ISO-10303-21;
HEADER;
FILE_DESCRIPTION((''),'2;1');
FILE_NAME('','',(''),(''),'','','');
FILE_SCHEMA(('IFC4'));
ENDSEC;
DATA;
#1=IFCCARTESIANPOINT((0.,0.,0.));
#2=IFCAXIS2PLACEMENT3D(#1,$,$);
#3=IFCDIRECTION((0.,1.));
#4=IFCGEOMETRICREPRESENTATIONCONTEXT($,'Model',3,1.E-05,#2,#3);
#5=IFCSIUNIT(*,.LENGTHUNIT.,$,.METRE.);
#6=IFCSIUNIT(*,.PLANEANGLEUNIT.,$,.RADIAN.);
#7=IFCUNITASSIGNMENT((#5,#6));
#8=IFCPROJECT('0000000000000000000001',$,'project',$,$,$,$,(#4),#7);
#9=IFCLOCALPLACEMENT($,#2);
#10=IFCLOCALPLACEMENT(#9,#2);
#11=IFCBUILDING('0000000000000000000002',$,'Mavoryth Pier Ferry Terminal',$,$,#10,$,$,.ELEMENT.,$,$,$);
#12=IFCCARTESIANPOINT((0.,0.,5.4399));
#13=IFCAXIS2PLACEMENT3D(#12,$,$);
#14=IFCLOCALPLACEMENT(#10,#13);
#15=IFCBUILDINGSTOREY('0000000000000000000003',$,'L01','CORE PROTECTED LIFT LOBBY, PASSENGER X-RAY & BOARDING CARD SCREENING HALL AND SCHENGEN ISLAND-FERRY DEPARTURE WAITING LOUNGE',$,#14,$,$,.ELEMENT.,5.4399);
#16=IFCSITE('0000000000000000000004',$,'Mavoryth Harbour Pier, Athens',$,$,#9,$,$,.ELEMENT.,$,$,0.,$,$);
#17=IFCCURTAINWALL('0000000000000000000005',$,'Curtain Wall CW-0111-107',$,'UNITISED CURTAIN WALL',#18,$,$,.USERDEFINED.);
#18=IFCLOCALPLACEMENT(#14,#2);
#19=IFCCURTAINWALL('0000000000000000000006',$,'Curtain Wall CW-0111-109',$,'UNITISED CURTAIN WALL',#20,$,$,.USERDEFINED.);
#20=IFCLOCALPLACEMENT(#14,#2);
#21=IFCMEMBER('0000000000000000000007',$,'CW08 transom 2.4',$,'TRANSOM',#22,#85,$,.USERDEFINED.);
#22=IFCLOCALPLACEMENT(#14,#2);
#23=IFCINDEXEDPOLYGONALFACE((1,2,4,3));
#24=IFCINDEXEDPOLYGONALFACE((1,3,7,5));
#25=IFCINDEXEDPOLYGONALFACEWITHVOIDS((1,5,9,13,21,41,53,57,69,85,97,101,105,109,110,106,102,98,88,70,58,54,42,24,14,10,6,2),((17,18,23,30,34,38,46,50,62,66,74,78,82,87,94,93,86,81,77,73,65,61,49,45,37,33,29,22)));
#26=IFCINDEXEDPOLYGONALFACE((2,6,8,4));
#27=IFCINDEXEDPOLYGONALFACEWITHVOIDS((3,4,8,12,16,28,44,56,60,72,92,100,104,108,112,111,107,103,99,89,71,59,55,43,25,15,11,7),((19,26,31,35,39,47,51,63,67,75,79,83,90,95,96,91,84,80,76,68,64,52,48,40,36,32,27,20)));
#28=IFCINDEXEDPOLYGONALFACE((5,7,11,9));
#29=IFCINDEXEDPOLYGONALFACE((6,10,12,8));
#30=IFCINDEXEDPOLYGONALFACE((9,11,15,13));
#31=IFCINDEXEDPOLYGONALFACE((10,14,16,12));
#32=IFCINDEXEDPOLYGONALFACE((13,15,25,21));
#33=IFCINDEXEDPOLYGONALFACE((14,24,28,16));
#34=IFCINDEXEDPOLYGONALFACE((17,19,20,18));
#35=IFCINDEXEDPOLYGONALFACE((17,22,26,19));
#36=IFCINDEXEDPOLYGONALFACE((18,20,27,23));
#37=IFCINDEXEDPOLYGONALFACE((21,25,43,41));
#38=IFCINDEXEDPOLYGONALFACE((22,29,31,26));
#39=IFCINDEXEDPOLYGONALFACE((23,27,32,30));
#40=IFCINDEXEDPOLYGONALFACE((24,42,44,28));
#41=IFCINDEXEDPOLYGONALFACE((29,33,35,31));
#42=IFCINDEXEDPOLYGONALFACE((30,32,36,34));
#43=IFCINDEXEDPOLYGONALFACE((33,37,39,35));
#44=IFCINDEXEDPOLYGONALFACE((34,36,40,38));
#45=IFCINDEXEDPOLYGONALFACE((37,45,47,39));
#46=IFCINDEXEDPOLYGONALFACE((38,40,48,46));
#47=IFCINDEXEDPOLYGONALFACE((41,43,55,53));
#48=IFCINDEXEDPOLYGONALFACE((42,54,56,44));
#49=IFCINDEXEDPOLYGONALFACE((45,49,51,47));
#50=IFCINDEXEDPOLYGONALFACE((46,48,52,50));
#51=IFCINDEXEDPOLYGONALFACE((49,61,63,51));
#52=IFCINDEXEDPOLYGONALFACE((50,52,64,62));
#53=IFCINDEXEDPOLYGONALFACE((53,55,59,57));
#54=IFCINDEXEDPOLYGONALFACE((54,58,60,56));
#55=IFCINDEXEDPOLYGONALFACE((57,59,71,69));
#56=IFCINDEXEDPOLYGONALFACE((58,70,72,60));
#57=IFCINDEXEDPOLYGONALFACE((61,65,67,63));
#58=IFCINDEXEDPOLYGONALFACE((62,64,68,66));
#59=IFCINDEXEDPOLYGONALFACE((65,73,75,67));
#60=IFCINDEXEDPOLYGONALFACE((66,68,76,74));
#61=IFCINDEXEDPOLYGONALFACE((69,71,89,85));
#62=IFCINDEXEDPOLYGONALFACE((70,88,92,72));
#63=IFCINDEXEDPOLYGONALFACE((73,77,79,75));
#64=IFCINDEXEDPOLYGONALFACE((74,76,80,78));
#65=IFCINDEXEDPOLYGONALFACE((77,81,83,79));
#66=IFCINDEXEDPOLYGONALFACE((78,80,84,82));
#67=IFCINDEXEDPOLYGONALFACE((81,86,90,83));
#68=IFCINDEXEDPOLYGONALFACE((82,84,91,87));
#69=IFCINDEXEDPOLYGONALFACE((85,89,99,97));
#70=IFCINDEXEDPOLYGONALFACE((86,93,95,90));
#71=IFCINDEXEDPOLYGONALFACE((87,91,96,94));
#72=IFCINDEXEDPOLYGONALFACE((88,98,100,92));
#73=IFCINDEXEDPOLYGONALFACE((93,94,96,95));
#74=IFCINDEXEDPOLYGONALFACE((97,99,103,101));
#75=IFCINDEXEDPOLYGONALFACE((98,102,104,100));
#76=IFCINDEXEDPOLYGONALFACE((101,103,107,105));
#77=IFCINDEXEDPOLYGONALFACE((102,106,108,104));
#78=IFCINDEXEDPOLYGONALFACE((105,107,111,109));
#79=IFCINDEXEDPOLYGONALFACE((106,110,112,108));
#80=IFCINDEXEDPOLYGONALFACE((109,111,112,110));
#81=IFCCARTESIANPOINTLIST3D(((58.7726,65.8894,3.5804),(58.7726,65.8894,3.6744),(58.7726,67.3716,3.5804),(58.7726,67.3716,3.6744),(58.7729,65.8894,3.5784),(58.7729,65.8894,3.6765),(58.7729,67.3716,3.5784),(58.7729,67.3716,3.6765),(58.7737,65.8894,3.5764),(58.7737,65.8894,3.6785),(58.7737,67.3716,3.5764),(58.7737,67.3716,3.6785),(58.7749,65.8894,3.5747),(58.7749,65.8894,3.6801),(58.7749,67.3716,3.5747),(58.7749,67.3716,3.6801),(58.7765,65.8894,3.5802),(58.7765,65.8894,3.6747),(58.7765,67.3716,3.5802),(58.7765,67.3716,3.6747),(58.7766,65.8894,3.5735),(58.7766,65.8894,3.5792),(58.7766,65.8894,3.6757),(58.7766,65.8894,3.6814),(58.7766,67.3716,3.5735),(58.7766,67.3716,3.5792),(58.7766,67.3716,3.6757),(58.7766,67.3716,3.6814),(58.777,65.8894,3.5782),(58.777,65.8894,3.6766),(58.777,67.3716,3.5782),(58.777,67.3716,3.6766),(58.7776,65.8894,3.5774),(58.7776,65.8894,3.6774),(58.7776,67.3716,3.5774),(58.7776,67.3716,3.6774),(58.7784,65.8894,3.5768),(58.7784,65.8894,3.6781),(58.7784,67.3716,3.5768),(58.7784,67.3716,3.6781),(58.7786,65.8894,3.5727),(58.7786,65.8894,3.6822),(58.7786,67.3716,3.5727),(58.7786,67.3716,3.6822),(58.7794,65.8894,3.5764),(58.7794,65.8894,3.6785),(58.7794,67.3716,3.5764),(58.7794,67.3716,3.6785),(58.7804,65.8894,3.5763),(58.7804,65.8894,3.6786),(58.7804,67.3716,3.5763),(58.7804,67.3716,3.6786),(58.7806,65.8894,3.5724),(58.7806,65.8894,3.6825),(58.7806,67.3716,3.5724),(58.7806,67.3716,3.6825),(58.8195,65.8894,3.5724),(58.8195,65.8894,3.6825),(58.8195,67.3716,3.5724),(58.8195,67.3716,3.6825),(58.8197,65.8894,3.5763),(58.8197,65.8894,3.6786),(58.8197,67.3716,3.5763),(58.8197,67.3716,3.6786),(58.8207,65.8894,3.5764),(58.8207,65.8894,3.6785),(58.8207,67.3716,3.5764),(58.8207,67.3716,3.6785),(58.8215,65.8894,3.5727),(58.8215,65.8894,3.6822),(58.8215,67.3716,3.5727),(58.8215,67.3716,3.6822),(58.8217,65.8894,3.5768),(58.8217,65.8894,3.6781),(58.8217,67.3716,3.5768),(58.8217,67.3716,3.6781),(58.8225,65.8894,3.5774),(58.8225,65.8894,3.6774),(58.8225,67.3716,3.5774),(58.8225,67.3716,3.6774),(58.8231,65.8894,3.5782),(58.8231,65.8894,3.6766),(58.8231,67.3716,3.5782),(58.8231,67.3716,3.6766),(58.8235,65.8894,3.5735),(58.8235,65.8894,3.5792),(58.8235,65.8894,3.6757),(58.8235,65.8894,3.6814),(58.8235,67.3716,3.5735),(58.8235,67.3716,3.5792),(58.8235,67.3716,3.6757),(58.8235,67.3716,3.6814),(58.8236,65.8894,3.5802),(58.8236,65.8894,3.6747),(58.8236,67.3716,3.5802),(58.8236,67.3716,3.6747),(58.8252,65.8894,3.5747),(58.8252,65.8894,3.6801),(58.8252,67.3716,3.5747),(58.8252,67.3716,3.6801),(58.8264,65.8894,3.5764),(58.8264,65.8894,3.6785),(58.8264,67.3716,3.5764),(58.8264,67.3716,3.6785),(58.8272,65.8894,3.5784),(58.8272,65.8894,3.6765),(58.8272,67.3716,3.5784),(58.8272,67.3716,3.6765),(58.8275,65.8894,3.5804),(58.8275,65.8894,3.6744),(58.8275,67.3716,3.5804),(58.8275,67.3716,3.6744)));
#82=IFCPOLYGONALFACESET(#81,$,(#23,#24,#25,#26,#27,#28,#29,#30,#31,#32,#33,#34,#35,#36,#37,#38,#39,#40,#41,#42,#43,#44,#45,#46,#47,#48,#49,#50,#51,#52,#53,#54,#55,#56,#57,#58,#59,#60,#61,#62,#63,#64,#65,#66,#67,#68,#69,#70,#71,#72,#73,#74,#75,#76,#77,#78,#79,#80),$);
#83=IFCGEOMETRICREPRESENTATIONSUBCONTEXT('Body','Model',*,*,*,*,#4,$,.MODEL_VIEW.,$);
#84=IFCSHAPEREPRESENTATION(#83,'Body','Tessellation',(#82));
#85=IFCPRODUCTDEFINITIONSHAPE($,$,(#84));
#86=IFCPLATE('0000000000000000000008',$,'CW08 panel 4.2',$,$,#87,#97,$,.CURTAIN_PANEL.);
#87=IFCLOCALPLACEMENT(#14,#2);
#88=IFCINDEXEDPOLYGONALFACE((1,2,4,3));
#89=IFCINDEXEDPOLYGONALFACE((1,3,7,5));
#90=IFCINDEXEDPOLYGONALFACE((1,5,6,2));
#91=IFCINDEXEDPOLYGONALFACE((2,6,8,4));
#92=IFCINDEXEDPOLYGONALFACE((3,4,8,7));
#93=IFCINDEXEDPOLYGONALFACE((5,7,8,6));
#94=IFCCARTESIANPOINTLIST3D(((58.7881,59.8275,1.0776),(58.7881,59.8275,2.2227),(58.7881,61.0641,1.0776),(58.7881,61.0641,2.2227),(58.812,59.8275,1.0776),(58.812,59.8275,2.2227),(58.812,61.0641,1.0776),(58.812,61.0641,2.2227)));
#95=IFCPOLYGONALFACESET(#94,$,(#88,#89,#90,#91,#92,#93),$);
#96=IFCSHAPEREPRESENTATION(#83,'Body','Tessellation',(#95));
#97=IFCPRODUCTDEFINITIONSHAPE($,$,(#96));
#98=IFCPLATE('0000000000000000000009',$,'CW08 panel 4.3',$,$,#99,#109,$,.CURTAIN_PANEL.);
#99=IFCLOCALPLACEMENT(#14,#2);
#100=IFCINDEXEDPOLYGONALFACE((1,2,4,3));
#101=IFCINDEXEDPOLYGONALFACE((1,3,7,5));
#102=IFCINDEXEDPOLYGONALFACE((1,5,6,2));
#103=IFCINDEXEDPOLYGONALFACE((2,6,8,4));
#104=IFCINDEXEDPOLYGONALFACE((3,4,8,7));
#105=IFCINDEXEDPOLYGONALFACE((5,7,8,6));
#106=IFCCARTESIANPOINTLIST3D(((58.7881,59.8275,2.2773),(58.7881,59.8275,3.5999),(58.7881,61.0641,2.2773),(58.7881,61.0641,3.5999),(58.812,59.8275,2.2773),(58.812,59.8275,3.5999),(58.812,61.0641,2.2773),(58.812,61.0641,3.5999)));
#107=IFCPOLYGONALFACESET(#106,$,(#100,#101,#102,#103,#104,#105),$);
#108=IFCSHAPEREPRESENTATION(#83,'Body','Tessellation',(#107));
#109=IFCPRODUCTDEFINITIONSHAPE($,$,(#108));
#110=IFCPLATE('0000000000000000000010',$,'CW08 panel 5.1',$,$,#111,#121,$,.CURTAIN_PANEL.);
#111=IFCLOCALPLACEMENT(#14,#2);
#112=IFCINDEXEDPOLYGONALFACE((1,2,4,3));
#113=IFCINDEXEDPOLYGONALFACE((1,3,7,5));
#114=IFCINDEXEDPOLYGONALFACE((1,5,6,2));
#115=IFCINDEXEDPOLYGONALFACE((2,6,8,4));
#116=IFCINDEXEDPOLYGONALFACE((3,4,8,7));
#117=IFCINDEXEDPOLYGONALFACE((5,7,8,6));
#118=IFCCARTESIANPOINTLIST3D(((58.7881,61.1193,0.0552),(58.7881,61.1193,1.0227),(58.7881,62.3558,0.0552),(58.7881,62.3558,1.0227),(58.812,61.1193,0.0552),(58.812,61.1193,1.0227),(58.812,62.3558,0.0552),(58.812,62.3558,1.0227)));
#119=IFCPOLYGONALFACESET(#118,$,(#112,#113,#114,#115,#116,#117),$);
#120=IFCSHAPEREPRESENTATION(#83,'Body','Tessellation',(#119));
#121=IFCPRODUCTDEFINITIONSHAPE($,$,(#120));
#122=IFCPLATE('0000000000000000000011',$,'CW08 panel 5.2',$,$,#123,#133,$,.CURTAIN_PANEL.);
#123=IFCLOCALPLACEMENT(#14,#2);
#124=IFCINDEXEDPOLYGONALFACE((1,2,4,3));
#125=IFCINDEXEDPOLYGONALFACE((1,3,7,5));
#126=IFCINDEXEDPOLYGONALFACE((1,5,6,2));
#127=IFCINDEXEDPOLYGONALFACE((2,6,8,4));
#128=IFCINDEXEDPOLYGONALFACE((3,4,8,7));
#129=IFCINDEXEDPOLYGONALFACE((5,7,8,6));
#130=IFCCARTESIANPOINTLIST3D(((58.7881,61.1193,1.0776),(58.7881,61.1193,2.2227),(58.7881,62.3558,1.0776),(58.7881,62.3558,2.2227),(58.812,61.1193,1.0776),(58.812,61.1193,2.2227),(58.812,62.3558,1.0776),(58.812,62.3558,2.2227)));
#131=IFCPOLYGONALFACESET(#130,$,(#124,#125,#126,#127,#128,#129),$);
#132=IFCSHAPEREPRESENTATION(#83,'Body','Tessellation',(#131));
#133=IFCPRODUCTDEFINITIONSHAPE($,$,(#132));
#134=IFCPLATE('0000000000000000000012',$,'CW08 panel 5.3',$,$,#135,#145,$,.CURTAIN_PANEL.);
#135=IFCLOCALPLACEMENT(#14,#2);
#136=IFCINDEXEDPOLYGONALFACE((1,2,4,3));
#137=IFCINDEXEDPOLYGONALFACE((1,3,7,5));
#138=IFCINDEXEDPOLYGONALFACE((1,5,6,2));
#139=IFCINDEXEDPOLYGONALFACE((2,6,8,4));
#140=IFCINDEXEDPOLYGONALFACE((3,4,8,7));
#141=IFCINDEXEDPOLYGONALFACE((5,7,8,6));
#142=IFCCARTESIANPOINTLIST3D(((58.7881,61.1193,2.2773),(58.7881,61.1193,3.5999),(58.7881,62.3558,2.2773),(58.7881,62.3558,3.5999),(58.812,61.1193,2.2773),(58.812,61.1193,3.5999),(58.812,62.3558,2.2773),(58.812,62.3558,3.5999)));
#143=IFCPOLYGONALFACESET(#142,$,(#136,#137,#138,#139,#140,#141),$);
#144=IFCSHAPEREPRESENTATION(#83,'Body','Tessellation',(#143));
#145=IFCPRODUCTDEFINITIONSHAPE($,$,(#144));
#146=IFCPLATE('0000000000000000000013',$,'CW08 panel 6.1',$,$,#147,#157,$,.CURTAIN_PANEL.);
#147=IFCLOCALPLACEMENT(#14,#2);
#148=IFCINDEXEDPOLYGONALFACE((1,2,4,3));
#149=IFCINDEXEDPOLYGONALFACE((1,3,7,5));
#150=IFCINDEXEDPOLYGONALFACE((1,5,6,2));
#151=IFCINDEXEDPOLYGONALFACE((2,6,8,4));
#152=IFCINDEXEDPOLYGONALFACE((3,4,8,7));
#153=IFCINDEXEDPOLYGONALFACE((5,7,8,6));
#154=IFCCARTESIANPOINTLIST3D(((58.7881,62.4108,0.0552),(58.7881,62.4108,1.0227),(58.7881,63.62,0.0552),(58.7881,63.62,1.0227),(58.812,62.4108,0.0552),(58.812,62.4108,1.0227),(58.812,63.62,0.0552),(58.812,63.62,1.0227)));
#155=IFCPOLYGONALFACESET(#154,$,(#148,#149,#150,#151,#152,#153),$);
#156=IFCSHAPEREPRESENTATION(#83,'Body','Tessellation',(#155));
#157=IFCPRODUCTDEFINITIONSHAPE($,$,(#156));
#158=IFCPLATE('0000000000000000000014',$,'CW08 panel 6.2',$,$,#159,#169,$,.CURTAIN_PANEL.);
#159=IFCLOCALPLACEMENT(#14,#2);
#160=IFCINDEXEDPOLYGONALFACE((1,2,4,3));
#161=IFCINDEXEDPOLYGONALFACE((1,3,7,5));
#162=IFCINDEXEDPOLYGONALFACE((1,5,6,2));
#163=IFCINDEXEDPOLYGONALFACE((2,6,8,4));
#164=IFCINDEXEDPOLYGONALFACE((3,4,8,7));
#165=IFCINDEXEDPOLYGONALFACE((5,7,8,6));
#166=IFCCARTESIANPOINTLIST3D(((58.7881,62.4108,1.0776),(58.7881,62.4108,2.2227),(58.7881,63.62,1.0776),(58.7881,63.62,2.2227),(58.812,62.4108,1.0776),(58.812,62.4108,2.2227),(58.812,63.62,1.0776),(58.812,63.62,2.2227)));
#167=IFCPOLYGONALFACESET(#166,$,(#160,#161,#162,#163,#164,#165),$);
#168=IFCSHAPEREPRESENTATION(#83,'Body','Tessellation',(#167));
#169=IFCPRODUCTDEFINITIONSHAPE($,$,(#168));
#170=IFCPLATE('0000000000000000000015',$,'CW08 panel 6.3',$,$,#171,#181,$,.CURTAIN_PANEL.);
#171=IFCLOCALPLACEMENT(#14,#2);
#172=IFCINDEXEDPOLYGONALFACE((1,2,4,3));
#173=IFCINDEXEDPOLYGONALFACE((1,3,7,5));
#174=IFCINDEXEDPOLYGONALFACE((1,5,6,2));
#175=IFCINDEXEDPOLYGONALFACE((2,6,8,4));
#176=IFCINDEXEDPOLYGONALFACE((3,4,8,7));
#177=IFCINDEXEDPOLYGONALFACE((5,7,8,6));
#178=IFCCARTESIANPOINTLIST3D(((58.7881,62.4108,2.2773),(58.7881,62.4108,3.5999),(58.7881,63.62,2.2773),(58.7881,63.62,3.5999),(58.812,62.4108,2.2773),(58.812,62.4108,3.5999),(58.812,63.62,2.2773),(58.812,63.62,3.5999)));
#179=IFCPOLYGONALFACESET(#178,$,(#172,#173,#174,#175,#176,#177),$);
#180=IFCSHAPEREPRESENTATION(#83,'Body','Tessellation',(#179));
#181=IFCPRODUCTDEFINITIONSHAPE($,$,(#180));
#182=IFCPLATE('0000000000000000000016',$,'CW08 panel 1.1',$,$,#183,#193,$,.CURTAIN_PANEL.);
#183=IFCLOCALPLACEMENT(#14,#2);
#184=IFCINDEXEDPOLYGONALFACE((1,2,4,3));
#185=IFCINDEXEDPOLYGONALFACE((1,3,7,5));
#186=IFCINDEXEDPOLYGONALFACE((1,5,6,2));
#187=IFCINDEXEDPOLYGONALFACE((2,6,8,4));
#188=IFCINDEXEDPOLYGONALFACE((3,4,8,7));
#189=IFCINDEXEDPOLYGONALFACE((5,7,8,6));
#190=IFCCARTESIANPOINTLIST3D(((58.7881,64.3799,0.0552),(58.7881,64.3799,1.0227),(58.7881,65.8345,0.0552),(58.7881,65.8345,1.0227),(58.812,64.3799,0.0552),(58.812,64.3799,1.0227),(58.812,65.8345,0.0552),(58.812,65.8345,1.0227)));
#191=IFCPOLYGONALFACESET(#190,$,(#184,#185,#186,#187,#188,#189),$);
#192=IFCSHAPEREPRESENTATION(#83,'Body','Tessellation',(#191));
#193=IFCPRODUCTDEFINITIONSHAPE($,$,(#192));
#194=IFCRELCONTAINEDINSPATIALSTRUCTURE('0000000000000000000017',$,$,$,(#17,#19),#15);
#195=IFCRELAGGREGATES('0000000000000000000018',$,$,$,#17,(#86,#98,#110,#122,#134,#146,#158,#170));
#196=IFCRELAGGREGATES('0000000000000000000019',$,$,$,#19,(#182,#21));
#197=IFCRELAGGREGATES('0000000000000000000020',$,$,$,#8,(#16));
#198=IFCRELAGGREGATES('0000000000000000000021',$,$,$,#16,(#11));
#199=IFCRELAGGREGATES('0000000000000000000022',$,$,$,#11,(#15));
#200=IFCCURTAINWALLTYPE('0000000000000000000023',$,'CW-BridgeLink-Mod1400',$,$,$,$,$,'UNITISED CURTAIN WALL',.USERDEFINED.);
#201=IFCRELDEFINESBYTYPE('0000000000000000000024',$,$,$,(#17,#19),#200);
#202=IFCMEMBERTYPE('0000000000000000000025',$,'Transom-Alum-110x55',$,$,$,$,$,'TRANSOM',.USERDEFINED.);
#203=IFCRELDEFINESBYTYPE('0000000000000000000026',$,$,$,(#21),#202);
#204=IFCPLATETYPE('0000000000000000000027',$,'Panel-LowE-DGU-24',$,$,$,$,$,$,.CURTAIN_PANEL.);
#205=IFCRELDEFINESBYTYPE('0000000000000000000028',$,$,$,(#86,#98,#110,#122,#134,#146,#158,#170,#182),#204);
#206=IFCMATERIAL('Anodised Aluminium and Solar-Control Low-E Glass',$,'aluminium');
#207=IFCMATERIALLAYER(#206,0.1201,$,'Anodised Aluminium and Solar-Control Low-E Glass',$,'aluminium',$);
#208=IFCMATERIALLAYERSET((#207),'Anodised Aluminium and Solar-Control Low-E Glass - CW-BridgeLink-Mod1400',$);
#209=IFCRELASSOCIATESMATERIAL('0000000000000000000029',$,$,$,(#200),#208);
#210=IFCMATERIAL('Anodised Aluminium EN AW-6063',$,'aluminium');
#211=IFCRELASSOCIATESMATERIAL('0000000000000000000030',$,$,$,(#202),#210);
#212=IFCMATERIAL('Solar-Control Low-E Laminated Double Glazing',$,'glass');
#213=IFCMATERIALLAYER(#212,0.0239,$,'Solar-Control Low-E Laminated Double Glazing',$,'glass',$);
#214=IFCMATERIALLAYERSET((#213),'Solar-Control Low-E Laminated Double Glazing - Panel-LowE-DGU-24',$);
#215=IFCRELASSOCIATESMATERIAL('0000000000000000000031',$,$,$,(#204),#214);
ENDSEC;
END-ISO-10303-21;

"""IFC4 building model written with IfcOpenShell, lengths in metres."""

from ifc_helpers import new_model, si_unit, direction, frame, origin, origin_2d, place, context, subcontext, project, spatial, rectangle, hollow_rectangle, extrude, material, layer, layer_set, material_profile, profile_set, type_object, element, aggregate, save


model = new_model("IFC4")

# Units and contexts
model_context = context("Model", 3, precision=1e-05, world=origin(), true_north=direction((0.0, 1.0)))
body_context = subcontext(model_context, "Body", "Model", "MODEL_VIEW")
ifc_project = project(units=[si_unit("LENGTHUNIT", "METRE"), si_unit("PLANEANGLEUNIT", "RADIAN")], contexts=[model_context])

# Site, building, storey
site_placement = place(None, origin())
site = spatial("IfcSite", under=ifc_project, at=site_placement, Name="Mavoryth Harbour Pier, Athens", CompositionType="ELEMENT", RefElevation=0.0)
building_placement = place(site_placement, origin())
building = spatial("IfcBuilding", under=site, at=building_placement, Name="Mavoryth Pier Ferry Terminal", CompositionType="ELEMENT")
storey_placement = place(building_placement, frame((0.0, 0.0, 5.4399)))
storey = spatial("IfcBuildingStorey", under=building, at=storey_placement, Name="L01", Description="CORE PROTECTED LIFT LOBBY, PASSENGER X-RAY & BOARDING CARD SCREENING HALL AND SCHENGEN ISLAND-FERRY DEPARTURE WAITING LOUNGE", CompositionType="ELEMENT", Elevation=5.4399)

# Curtain walls
ifc_material_1 = material(Name="Anodised Aluminium and Solar-Control Low-E Glass", Category="aluminium")
ifc_layer_1 = layer(ifc_material_1, 0.1201, Name="Anodised Aluminium and Solar-Control Low-E Glass", Category="aluminium")
ifc_layer_set_1 = layer_set([ifc_layer_1], Name="Anodised Aluminium and Solar-Control Low-E Glass - CW-BridgeLink-Mod1400")
curtain_wall_type = type_object("IfcCurtainWallType", Name="CW-BridgeLink-Mod1400", ElementType="UNITISED CURTAIN WALL", PredefinedType="USERDEFINED", material=ifc_layer_set_1)
curtain_wall_1_placement = place(storey_placement, origin())
curtain_wall_1 = element("IfcCurtainWall", 1, at=curtain_wall_1_placement, inside=storey, type_object=curtain_wall_type, Name="Curtain Wall CW-0111-107", ObjectType="UNITISED CURTAIN WALL", PredefinedType="USERDEFINED")
ifc_material_2 = material(Name="Anodised Aluminium EN AW-6063", Category="aluminium")
curtain_wall_2_placement = place(storey_placement, origin())
curtain_wall_2 = element("IfcCurtainWall", 2, at=curtain_wall_2_placement, inside=storey, type_object=curtain_wall_type, Name="Curtain Wall CW-0111-109", ObjectType="UNITISED CURTAIN WALL", PredefinedType="USERDEFINED")

# Member
ifc_material_profile_1 = material_profile(ifc_material_2, hollow_rectangle(XDim=0.0549, YDim=0.1101, WallThickness=0.0039, InnerFilletRadius=0.0039, OuterFilletRadius=0.0081, at=origin_2d()), Name="AL-TRAN 110x55x4", Category="aluminium")
ifc_profile_set_1 = profile_set([ifc_material_profile_1], Name="Anodised Aluminium EN AW-6063 - AL-TRAN 110x55x4")
member_type_1 = type_object("IfcMemberType", Name="Transom-Alum-110x55", ElementType="TRANSOM", PredefinedType="USERDEFINED", material=ifc_profile_set_1)
member_1_placement = place(storey_placement, frame((58.8, 65.8894, 3.6274), z_axis=(0.0, 1.0, 0.0), x_axis=(-1.0, 0.0, 0.0)))
member_1 = element("IfcMember", 3, at=member_1_placement, type_object=member_type_1, Name="CW08 transom 2.4", ObjectType="TRANSOM", PredefinedType="USERDEFINED", context=body_context, shape_type="SweptSolid", body=[
    extrude(hollow_rectangle(XDim=0.0549, YDim=0.1101, WallThickness=0.0039, InnerFilletRadius=0.0039, OuterFilletRadius=0.0081, at=origin_2d()), origin(), (0.0, 0.0, 1.0), 1.4822),
])

# Plates
ifc_material_3 = material(Name="Solar-Control Low-E Laminated Double Glazing", Category="glass")
ifc_layer_2 = layer(ifc_material_3, 0.0239, Name="Solar-Control Low-E Laminated Double Glazing", Category="glass")
ifc_layer_set_2 = layer_set([ifc_layer_2], Name="Solar-Control Low-E Laminated Double Glazing - Panel-LowE-DGU-24")
plate_type = type_object("IfcPlateType", Name="Panel-LowE-DGU-24", PredefinedType="CURTAIN_PANEL", material=ifc_layer_set_2)
plate_1_placement = place(storey_placement, frame((58.8, 60.4458, 1.0776), z_axis=(0.0, 0.0, 1.0), x_axis=(0.0, 1.0, 0.0)))
plate_1 = element("IfcPlate", 4, at=plate_1_placement, type_object=plate_type, Name="CW08 panel 4.2", PredefinedType="CURTAIN_PANEL", context=body_context, shape_type="SweptSolid", body=[
    extrude(rectangle(XDim=1.2366, YDim=0.0239, at=origin_2d()), origin(), (0.0, 0.0, 1.0), 1.145),
])
plate_2_placement = place(storey_placement, frame((58.8, 60.4458, 2.2773), z_axis=(0.0, 0.0, 1.0), x_axis=(0.0, 1.0, 0.0)))
plate_2 = element("IfcPlate", 5, at=plate_2_placement, type_object=plate_type, Name="CW08 panel 4.3", PredefinedType="CURTAIN_PANEL", context=body_context, shape_type="SweptSolid", body=[
    extrude(rectangle(XDim=1.2366, YDim=0.0239, at=origin_2d()), origin(), (0.0, 0.0, 1.0), 1.3225),
])
plate_3_placement = place(storey_placement, frame((58.8, 61.7375, 0.0552), z_axis=(0.0, 0.0, 1.0), x_axis=(0.0, 1.0, 0.0)))
plate_3 = element("IfcPlate", 6, at=plate_3_placement, type_object=plate_type, Name="CW08 panel 5.1", PredefinedType="CURTAIN_PANEL", context=body_context, shape_type="SweptSolid", body=[
    extrude(rectangle(XDim=1.2366, YDim=0.0239, at=origin_2d()), origin(), (0.0, 0.0, 1.0), 0.9675),
])
plate_4_placement = place(storey_placement, frame((58.8, 61.7375, 1.0776), z_axis=(0.0, 0.0, 1.0), x_axis=(0.0, 1.0, 0.0)))
plate_4 = element("IfcPlate", 7, at=plate_4_placement, type_object=plate_type, Name="CW08 panel 5.2", PredefinedType="CURTAIN_PANEL", context=body_context, shape_type="SweptSolid", body=[
    extrude(rectangle(XDim=1.2366, YDim=0.0239, at=origin_2d()), origin(), (0.0, 0.0, 1.0), 1.145),
])
plate_5_placement = place(storey_placement, frame((58.8, 61.7375, 2.2773), z_axis=(0.0, 0.0, 1.0), x_axis=(0.0, 1.0, 0.0)))
plate_5 = element("IfcPlate", 8, at=plate_5_placement, type_object=plate_type, Name="CW08 panel 5.3", PredefinedType="CURTAIN_PANEL", context=body_context, shape_type="SweptSolid", body=[
    extrude(rectangle(XDim=1.2366, YDim=0.0239, at=origin_2d()), origin(), (0.0, 0.0, 1.0), 1.3225),
])
plate_6_placement = place(storey_placement, frame((58.8, 63.0154, 0.0552), z_axis=(0.0, 0.0, 1.0), x_axis=(0.0, 1.0, 0.0)))
plate_6 = element("IfcPlate", 9, at=plate_6_placement, type_object=plate_type, Name="CW08 panel 6.1", PredefinedType="CURTAIN_PANEL", context=body_context, shape_type="SweptSolid", body=[
    extrude(rectangle(XDim=1.2092, YDim=0.0239, at=origin_2d()), origin(), (0.0, 0.0, 1.0), 0.9675),
])
plate_7_placement = place(storey_placement, frame((58.8, 63.0154, 1.0776), z_axis=(0.0, 0.0, 1.0), x_axis=(0.0, 1.0, 0.0)))
plate_7 = element("IfcPlate", 10, at=plate_7_placement, type_object=plate_type, Name="CW08 panel 6.2", PredefinedType="CURTAIN_PANEL", context=body_context, shape_type="SweptSolid", body=[
    extrude(rectangle(XDim=1.2092, YDim=0.0239, at=origin_2d()), origin(), (0.0, 0.0, 1.0), 1.145),
])
plate_8_placement = place(storey_placement, frame((58.8, 63.0154, 2.2773), z_axis=(0.0, 0.0, 1.0), x_axis=(0.0, 1.0, 0.0)))
plate_8 = element("IfcPlate", 11, at=plate_8_placement, type_object=plate_type, Name="CW08 panel 6.3", PredefinedType="CURTAIN_PANEL", context=body_context, shape_type="SweptSolid", body=[
    extrude(rectangle(XDim=1.2092, YDim=0.0239, at=origin_2d()), origin(), (0.0, 0.0, 1.0), 1.3225),
])
aggregate(curtain_wall_1, [plate_1, plate_2, plate_3, plate_4, plate_5, plate_6, plate_7, plate_8])
plate_9_placement = place(storey_placement, frame((58.8, 65.1072, 0.0552), z_axis=(0.0, 0.0, 1.0), x_axis=(0.0, 1.0, 0.0)))
plate_9 = element("IfcPlate", 12, at=plate_9_placement, type_object=plate_type, Name="CW08 panel 1.1", PredefinedType="CURTAIN_PANEL", context=body_context, shape_type="SweptSolid", body=[
    extrude(rectangle(XDim=1.4546, YDim=0.0239, at=origin_2d()), origin(), (0.0, 0.0, 1.0), 0.9675),
])
aggregate(curtain_wall_2, [plate_9, member_1])

save(model, "model.ifc")
